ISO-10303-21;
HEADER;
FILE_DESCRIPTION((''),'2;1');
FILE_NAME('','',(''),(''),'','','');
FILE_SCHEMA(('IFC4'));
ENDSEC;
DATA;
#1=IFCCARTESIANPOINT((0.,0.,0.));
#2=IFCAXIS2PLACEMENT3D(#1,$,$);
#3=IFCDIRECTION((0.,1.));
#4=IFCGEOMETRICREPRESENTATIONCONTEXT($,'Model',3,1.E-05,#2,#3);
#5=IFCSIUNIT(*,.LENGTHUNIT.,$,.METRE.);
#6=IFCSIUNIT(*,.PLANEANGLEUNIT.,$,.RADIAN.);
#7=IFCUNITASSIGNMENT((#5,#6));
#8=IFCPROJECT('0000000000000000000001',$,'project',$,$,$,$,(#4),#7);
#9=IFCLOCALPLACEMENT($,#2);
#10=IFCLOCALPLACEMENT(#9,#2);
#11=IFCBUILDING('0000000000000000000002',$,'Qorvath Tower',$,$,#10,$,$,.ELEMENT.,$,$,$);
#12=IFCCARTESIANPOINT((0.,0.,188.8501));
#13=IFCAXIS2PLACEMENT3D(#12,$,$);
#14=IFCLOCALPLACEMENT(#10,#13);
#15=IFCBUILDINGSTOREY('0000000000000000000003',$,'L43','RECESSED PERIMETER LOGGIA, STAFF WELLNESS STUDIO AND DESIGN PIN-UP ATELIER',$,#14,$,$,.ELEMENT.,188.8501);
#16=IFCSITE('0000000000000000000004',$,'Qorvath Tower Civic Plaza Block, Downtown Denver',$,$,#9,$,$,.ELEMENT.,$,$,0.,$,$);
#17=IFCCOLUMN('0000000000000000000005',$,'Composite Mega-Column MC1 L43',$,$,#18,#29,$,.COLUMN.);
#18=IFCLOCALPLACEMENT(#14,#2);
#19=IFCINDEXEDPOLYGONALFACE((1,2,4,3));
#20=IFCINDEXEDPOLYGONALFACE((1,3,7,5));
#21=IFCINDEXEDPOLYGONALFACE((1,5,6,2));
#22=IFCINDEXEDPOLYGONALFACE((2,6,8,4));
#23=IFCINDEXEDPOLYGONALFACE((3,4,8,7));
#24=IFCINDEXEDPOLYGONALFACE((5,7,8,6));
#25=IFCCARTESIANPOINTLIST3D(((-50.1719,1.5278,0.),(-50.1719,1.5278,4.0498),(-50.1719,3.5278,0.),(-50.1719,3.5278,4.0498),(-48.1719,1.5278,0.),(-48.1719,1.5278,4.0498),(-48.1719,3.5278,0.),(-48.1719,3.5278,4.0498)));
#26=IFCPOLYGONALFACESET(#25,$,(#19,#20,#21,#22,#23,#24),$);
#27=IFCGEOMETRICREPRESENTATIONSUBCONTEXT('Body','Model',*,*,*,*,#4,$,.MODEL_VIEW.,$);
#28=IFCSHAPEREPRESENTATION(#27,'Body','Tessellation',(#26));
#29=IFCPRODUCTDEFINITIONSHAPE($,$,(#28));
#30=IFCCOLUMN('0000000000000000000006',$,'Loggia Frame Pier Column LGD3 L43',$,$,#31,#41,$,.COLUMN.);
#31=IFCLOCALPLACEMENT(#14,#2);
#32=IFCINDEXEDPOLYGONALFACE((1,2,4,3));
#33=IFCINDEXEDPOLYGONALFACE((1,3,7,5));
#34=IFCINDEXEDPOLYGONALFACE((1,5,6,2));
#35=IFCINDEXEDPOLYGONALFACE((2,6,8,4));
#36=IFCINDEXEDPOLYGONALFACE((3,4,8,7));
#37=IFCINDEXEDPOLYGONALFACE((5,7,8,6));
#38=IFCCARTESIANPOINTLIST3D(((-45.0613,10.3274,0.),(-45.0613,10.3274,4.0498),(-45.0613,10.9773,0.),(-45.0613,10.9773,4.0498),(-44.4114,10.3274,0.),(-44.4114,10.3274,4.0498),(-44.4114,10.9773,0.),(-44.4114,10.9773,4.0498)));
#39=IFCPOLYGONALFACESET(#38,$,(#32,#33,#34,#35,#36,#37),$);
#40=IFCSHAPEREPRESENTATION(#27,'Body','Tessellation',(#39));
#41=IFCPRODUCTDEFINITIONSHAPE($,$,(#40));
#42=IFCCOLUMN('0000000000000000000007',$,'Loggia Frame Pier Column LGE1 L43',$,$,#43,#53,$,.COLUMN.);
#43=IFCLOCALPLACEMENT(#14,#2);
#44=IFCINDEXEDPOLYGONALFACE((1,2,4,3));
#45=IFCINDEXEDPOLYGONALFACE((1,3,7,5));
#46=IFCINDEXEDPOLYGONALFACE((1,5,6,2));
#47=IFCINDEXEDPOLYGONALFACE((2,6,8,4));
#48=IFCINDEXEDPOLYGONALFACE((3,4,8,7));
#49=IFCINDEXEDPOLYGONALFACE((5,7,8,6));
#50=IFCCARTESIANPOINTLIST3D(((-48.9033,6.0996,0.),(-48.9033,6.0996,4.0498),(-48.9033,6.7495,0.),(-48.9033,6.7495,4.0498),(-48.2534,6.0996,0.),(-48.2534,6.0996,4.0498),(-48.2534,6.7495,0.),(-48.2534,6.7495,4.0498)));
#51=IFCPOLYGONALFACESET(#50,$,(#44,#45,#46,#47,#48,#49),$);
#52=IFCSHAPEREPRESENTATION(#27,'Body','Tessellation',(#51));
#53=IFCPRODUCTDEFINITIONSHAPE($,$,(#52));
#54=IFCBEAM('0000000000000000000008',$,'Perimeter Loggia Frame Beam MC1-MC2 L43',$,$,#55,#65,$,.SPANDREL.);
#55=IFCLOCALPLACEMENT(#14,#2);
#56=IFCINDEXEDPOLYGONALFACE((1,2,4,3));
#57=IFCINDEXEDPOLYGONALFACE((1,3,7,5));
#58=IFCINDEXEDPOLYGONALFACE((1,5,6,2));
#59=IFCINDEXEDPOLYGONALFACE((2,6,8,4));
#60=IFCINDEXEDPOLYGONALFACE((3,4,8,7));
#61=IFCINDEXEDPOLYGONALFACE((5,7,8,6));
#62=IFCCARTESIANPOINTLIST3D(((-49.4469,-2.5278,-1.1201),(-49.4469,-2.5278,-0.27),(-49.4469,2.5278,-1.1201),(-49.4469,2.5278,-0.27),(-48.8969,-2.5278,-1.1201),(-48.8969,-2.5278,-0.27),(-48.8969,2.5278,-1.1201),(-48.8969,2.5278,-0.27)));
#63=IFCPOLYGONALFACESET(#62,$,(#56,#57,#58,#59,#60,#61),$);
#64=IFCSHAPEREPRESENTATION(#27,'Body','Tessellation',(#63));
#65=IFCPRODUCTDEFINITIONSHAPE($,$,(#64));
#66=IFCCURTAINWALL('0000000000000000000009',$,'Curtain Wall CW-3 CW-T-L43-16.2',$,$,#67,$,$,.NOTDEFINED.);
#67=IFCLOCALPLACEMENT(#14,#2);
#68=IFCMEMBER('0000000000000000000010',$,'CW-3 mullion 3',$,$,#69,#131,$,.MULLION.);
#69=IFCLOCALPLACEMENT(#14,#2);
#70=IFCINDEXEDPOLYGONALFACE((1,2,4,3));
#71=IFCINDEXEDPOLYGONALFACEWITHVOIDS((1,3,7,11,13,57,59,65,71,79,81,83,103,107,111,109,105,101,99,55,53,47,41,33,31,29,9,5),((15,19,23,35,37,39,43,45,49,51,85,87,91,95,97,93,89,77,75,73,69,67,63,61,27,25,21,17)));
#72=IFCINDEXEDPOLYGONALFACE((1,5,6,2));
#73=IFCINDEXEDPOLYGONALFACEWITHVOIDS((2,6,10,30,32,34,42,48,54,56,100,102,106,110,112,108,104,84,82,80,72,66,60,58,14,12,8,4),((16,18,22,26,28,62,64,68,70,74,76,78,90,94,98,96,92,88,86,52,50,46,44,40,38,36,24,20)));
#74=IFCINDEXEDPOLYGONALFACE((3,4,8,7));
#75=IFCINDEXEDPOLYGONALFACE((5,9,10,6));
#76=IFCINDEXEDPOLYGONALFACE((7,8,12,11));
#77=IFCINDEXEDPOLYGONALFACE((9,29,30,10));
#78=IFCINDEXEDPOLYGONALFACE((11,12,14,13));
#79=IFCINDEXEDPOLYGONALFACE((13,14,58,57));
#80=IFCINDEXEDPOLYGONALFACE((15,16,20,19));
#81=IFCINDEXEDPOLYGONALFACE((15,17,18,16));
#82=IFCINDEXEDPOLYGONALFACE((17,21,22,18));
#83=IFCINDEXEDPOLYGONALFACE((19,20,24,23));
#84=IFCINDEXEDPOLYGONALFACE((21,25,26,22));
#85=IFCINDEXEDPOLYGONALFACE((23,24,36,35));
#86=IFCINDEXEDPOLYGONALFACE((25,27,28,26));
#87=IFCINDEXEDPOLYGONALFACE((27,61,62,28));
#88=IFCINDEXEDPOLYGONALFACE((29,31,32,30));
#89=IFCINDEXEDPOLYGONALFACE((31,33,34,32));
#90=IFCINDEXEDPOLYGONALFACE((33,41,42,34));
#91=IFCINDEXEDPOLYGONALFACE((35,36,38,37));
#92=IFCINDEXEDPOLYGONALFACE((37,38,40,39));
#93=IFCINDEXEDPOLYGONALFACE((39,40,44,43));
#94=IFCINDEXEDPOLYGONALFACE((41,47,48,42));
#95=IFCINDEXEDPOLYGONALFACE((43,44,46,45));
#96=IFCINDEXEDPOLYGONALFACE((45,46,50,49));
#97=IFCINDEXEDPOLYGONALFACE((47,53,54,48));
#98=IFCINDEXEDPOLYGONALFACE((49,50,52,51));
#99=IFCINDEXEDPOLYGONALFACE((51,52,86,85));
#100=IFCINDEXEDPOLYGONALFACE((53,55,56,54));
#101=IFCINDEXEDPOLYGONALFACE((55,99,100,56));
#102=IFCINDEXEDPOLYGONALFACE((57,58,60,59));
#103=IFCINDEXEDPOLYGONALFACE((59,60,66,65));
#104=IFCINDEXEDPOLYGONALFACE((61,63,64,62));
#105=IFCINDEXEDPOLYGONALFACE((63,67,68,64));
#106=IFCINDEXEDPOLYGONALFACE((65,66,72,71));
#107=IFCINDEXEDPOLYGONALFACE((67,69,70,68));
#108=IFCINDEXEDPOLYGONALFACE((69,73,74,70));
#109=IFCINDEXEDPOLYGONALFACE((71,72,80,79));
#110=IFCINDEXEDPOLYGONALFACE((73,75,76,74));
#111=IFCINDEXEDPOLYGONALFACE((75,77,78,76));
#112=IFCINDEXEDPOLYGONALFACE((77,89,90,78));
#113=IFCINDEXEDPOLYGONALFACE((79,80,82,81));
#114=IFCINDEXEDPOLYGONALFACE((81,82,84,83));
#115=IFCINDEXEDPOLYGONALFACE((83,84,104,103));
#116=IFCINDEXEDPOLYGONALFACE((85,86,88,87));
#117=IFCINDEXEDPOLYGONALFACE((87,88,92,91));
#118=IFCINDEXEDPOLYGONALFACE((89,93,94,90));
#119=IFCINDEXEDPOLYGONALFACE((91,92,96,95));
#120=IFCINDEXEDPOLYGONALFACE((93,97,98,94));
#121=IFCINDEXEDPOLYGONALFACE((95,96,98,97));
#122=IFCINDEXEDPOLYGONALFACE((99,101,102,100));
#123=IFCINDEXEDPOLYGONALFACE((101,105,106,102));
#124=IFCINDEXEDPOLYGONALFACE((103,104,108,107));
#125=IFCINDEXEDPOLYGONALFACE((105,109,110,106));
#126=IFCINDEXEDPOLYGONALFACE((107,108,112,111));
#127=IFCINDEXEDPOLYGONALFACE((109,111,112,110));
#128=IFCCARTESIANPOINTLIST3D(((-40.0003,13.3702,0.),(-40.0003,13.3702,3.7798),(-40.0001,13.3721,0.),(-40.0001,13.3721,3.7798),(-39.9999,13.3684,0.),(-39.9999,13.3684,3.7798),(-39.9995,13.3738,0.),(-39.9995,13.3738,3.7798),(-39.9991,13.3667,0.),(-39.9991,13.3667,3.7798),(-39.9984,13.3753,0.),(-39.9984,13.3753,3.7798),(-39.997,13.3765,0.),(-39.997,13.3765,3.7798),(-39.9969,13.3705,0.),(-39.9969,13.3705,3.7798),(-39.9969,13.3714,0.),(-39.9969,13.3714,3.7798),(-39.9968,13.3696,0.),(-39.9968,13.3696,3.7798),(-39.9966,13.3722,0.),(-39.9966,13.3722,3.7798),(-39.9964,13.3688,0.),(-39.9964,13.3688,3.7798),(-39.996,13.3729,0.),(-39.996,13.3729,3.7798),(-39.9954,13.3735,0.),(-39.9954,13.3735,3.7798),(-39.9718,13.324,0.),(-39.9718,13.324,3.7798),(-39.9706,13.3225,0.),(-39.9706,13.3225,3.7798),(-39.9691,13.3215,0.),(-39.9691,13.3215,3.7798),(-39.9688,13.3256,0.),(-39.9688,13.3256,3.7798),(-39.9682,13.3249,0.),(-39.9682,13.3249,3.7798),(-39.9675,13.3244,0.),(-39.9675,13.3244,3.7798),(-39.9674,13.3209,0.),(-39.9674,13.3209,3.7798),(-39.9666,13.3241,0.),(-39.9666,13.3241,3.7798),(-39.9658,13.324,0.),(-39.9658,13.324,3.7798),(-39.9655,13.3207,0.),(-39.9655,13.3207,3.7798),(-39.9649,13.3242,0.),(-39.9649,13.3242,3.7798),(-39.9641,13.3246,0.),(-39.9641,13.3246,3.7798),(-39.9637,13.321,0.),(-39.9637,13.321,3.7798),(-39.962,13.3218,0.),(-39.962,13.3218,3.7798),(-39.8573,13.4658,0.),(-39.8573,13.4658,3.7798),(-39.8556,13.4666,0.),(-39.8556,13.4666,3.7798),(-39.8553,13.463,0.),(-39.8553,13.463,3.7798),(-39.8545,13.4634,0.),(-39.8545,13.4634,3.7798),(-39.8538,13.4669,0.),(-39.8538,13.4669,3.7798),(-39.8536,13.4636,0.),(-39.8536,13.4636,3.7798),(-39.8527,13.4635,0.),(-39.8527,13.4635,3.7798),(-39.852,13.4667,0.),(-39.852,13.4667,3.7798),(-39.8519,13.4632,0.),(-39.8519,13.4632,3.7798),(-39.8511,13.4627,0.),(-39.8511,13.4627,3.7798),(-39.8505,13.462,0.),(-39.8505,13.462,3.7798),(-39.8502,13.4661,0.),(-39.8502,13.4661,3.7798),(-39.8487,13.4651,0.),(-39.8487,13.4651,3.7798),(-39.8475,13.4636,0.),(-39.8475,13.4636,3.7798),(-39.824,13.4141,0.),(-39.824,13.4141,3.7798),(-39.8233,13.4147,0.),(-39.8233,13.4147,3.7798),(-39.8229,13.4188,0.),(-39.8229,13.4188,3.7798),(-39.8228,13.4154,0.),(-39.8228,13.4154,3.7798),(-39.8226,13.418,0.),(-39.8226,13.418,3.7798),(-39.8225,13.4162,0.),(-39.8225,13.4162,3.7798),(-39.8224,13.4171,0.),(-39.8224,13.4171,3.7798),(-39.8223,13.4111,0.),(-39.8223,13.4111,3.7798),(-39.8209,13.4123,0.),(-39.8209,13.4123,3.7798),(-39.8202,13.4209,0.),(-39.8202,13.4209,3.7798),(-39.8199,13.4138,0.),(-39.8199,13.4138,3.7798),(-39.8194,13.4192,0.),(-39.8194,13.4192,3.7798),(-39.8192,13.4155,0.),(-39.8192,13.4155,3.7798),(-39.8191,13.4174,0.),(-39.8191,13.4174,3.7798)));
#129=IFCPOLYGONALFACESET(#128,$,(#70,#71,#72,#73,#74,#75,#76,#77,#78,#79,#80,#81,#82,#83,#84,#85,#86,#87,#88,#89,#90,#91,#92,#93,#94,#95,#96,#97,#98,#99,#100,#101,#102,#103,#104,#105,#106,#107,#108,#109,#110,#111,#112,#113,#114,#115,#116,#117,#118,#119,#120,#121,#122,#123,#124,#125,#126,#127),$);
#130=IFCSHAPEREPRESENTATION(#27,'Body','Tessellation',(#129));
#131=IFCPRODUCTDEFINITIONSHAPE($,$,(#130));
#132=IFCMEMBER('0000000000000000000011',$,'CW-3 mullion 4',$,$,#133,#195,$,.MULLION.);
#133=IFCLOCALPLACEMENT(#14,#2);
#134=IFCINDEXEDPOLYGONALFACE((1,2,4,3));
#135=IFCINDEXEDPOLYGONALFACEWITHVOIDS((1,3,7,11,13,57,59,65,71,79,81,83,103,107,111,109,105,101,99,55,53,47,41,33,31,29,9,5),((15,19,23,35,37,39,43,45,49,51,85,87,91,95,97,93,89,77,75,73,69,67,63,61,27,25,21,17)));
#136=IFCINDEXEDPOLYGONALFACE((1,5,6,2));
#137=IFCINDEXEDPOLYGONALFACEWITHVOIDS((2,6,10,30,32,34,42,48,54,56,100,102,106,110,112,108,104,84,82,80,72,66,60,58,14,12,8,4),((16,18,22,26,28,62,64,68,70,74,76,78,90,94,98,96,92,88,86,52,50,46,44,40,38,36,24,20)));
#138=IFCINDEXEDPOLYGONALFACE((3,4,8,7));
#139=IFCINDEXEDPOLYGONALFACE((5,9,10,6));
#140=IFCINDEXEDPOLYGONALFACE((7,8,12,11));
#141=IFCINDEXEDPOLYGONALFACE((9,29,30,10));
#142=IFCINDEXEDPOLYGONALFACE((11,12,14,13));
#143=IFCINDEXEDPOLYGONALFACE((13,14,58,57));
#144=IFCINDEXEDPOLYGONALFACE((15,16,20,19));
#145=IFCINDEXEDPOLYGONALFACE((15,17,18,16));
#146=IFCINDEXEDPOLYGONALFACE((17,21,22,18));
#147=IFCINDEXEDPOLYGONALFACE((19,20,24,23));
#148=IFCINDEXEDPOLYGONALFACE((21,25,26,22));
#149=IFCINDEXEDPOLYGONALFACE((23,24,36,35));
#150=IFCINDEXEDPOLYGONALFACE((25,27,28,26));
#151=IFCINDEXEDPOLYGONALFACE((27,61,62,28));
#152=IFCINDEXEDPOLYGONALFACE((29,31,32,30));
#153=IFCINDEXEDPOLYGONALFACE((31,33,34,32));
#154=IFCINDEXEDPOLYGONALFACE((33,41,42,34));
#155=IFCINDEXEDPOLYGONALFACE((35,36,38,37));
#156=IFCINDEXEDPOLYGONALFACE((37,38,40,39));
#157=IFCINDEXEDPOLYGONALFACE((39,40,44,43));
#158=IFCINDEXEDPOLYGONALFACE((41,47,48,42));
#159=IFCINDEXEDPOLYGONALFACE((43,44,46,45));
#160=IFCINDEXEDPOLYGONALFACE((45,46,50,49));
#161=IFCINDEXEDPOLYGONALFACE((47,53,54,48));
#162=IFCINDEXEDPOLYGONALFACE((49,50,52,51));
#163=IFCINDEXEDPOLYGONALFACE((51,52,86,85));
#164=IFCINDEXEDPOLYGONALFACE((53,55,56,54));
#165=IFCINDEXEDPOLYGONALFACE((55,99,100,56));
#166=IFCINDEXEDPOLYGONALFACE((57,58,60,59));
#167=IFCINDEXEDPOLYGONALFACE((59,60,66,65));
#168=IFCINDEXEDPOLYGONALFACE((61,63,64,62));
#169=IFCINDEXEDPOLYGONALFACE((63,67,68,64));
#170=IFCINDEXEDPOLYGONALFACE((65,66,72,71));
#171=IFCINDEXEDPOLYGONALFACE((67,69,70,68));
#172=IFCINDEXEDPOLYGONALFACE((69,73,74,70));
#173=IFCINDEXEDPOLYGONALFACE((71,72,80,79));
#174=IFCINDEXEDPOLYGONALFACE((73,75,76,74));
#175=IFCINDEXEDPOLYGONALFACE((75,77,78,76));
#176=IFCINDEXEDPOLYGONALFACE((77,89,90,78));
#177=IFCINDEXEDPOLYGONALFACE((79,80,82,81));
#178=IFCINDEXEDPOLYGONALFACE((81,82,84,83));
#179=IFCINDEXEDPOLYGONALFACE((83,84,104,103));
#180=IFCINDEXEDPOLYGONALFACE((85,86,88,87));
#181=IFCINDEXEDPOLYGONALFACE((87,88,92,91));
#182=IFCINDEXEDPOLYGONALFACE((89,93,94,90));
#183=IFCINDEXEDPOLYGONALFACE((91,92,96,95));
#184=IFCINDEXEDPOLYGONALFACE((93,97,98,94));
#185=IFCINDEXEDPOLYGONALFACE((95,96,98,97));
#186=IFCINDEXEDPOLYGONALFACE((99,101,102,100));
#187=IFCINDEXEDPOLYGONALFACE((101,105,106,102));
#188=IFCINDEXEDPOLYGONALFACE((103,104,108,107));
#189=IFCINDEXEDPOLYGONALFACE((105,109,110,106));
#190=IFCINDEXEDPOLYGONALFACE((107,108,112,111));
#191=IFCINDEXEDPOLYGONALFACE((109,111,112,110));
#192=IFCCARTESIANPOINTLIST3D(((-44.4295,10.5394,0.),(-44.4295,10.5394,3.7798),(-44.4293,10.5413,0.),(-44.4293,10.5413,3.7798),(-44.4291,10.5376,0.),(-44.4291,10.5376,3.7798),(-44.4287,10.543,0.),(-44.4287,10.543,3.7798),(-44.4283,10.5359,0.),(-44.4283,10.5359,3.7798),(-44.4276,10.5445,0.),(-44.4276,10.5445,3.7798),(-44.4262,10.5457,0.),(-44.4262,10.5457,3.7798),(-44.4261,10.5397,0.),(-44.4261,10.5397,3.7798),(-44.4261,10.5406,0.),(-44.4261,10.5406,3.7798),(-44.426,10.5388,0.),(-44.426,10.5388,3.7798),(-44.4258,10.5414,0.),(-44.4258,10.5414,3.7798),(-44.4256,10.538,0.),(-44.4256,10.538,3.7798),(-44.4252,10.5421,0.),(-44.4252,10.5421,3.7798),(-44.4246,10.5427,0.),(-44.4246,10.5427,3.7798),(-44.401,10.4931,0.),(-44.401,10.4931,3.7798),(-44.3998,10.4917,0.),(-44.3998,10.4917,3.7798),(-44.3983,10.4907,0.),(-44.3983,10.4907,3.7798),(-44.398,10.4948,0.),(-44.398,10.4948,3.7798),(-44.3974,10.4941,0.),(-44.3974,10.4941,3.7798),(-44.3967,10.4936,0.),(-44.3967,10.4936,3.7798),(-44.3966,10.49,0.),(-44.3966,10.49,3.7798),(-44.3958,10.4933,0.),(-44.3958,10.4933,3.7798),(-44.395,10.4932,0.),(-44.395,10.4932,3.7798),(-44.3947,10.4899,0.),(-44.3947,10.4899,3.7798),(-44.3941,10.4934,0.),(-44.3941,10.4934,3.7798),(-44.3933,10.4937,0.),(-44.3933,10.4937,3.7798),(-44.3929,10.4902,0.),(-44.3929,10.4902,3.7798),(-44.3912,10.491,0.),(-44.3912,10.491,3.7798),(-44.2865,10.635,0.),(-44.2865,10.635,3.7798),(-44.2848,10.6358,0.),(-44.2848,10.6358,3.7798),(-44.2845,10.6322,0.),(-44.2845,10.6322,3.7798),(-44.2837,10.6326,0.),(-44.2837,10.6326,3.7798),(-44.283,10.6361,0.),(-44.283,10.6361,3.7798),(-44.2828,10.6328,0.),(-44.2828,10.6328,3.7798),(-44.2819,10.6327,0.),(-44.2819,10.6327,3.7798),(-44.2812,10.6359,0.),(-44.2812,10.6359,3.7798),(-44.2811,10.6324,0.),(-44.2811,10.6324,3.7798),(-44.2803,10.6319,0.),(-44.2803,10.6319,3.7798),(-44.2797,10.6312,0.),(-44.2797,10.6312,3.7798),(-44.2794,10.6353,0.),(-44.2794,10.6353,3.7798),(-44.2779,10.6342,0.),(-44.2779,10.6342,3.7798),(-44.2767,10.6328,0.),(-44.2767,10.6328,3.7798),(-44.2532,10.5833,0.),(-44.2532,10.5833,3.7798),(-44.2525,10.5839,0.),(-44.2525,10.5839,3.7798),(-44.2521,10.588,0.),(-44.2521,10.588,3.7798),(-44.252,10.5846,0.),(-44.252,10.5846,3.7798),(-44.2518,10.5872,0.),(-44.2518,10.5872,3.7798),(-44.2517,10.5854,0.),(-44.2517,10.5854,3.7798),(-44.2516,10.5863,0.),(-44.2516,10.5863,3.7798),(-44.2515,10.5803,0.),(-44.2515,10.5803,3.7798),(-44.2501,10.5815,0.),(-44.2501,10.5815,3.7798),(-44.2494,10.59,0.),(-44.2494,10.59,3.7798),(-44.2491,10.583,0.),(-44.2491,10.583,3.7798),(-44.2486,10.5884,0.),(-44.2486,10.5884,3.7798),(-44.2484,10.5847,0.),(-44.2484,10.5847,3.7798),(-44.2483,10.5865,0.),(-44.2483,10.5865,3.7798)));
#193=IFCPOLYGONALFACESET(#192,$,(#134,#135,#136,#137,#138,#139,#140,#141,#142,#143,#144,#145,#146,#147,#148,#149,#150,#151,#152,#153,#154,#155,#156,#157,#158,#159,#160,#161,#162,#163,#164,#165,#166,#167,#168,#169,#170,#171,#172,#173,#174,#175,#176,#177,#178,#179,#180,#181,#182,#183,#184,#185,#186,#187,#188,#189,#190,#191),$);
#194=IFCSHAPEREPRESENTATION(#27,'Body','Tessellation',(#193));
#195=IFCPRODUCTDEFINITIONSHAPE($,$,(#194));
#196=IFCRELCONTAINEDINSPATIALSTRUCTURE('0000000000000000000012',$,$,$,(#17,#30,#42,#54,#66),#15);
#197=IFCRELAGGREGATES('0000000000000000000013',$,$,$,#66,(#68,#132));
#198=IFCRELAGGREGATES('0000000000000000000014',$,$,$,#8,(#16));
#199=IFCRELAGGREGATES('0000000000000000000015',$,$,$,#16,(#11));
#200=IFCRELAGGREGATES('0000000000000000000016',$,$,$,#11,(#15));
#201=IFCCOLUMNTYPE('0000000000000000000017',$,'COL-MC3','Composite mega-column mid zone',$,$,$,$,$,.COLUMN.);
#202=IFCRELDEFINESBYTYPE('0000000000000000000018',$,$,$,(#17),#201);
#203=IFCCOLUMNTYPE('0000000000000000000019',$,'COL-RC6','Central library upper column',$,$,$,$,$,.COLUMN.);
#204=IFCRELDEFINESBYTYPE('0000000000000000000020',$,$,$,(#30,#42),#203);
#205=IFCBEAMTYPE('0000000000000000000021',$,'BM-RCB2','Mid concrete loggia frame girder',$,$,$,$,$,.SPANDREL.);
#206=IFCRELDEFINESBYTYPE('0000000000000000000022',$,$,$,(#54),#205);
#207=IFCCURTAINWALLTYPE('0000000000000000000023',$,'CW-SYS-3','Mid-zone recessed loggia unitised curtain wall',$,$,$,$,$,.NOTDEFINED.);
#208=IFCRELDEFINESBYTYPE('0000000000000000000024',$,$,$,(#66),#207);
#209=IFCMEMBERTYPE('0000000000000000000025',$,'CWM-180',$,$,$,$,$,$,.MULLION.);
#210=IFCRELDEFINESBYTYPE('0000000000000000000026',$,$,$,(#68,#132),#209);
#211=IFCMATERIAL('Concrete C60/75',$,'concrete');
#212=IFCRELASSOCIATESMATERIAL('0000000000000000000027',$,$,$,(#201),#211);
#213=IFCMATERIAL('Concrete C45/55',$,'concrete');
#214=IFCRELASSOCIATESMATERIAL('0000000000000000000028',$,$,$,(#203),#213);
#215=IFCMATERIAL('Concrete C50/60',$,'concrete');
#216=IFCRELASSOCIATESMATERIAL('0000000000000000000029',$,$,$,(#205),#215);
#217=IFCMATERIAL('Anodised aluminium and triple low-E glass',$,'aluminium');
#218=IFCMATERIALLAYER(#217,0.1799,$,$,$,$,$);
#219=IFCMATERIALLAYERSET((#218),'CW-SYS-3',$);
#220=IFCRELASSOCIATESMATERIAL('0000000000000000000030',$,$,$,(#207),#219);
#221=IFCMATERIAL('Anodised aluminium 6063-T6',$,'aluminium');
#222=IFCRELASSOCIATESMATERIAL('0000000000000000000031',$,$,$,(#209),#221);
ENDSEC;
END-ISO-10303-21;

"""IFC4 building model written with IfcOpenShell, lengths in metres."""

from ifc_helpers import new_model, si_unit, direction, frame, origin, origin_2d, place, context, subcontext, project, spatial, rectangle, hollow_rectangle, extrude, material, layer, layer_set, material_profile, profile_set, type_object, element, aggregate, save


model = new_model("IFC4")

# Units and contexts
model_context = context("Model", 3, precision=1e-05, world=origin(), true_north=direction((0.0, 1.0)))
body_context = subcontext(model_context, "Body", "Model", "MODEL_VIEW")
ifc_project = project(units=[si_unit("LENGTHUNIT", "METRE"), si_unit("PLANEANGLEUNIT", "RADIAN")], contexts=[model_context])

# Site, building, storey
site_placement = place(None, origin())
site = spatial("IfcSite", under=ifc_project, at=site_placement, Name="Qorvath Tower Civic Plaza Block, Downtown Denver", CompositionType="ELEMENT", RefElevation=0.0)
building_placement = place(site_placement, origin())
building = spatial("IfcBuilding", under=site, at=building_placement, Name="Qorvath Tower", CompositionType="ELEMENT")
storey_placement = place(building_placement, frame((0.0, 0.0, 188.8501)))
storey = spatial("IfcBuildingStorey", under=building, at=storey_placement, Name="L43", Description="RECESSED PERIMETER LOGGIA, STAFF WELLNESS STUDIO AND DESIGN PIN-UP ATELIER", CompositionType="ELEMENT", Elevation=188.8501)

# Columns
ifc_material_1 = material(Name="Concrete C60/75", Category="concrete")
ifc_material_profile_1 = material_profile(ifc_material_1, rectangle(XDim=2.0, YDim=2.0, at=origin_2d()), Name="MC 2000x2000")
ifc_profile_set_1 = profile_set([ifc_material_profile_1], Name="Concrete C60/75")
column_type_1 = type_object("IfcColumnType", Name="COL-MC3", Description="Composite mega-column mid zone", PredefinedType="COLUMN", material=ifc_profile_set_1)
column_placement = place(storey_placement, frame((-49.1719, 2.5278, 0.0), z_axis=(0.0, 0.0, 1.0), x_axis=(1.0, 0.0, 0.0)))
element("IfcColumn", 1, at=column_placement, inside=storey, type_object=column_type_1, Name="Composite Mega-Column MC1 L43", PredefinedType="COLUMN", context=body_context, shape_type="SweptSolid", body=[
    extrude(rectangle(XDim=2.0, YDim=2.0, at=origin_2d()), origin(), (0.0, 0.0, 1.0), 4.0498),
])
ifc_material_2 = material(Name="Concrete C45/55", Category="concrete")
ifc_material_profile_2 = material_profile(ifc_material_2, rectangle(XDim=0.6499, YDim=0.6499, at=origin_2d()), Name="RC 650x650")
ifc_profile_set_2 = profile_set([ifc_material_profile_2], Name="Concrete C45/55")
column_type_2 = type_object("IfcColumnType", Name="COL-RC6", Description="Central library upper column", PredefinedType="COLUMN", material=ifc_profile_set_2)
for number, where, z_axis, x_axis, name in (
    (2, (-44.7363, 10.6523, 0.0), (0.0, 0.0, 1.0), (1.0, 0.0, 0.0), "Loggia Frame Pier Column LGD3 L43"),
    (3, (-48.5784, 6.4246, 0.0), (0.0, 0.0, 1.0), (1.0, 0.0, 0.0), "Loggia Frame Pier Column LGE1 L43"),
):
    element("IfcColumn", number, at=place(storey_placement, frame(where, z_axis=z_axis, x_axis=x_axis)), inside=storey, type_object=column_type_2, Name=name, PredefinedType="COLUMN", context=body_context, shape_type="SweptSolid", body=[
        extrude(rectangle(XDim=0.6499, YDim=0.6499, at=origin_2d()), origin(), (0.0, 0.0, 1.0), 4.0498),
    ])

# Beam
ifc_material_3 = material(Name="Concrete C50/60", Category="concrete")
ifc_material_profile_3 = material_profile(ifc_material_3, rectangle(XDim=0.55, YDim=0.8501, at=origin_2d()), Name="RCB 850x550")
ifc_profile_set_3 = profile_set([ifc_material_profile_3], Name="Concrete C50/60")
beam_type = type_object("IfcBeamType", Name="BM-RCB2", Description="Mid concrete loggia frame girder", PredefinedType="SPANDREL", material=ifc_profile_set_3)
beam_placement = place(storey_placement, frame((-49.1719, 2.5278, -0.6951), z_axis=(0.0, -1.0, 0.0), x_axis=(1.0, 0.0, 0.0)))
element("IfcBeam", 4, at=beam_placement, inside=storey, type_object=beam_type, Name="Perimeter Loggia Frame Beam MC1-MC2 L43", PredefinedType="SPANDREL", context=body_context, shape_type="SweptSolid", body=[
    extrude(rectangle(XDim=0.55, YDim=0.8501, at=origin_2d()), origin(), (0.0, 0.0, 1.0), 5.0557),
])

# Curtain wall, members
ifc_material_4 = material(Name="Anodised aluminium and triple low-E glass", Category="aluminium")
ifc_layer_1 = layer(ifc_material_4, 0.1799)
ifc_layer_set_1 = layer_set([ifc_layer_1], Name="CW-SYS-3")
curtain_wall_type = type_object("IfcCurtainWallType", Name="CW-SYS-3", Description="Mid-zone recessed loggia unitised curtain wall", PredefinedType="NOTDEFINED", material=ifc_layer_set_1)
curtain_wall_1_placement = place(storey_placement, origin())
curtain_wall_1 = element("IfcCurtainWall", 5, at=curtain_wall_1_placement, inside=storey, type_object=curtain_wall_type, Name="Curtain Wall CW-3 CW-T-L43-16.2", PredefinedType="NOTDEFINED")
ifc_material_5 = material(Name="Anodised aluminium 6063-T6", Category="aluminium")
ifc_material_profile_4 = material_profile(ifc_material_5, hollow_rectangle(XDim=0.0649, YDim=0.1799, WallThickness=0.0034, InnerFilletRadius=0.0034, OuterFilletRadius=0.0071, at=origin_2d()), Name="CWM 180x65")
ifc_profile_set_4 = profile_set([ifc_material_profile_4], Name="Anodised aluminium 6063-T6")
member_type_1 = type_object("IfcMemberType", Name="CWM-180", PredefinedType="MULLION", material=ifc_profile_set_4)
member_1_placement = place(storey_placement, frame((-39.9097, 13.3938, 0.0), z_axis=(0.0, 0.0, 1.0), x_axis=(0.538533, -0.842604, 0.0)))
member_1 = element("IfcMember", 6, at=member_1_placement, type_object=member_type_1, Name="CW-3 mullion 3", PredefinedType="MULLION", context=body_context, shape_type="SweptSolid", body=[
    extrude(hollow_rectangle(XDim=0.0649, YDim=0.1799, WallThickness=0.0034, InnerFilletRadius=0.0034, OuterFilletRadius=0.0071, at=origin_2d()), origin(), (0.0, 0.0, 1.0), 3.7798),
])
member_2_placement = place(storey_placement, frame((-44.3389, 10.563, 0.0), z_axis=(0.0, 0.0, 1.0), x_axis=(0.538533, -0.842604, 0.0)))
member_2 = element("IfcMember", 7, at=member_2_placement, type_object=member_type_1, Name="CW-3 mullion 4", PredefinedType="MULLION", context=body_context, shape_type="SweptSolid", body=[
    extrude(hollow_rectangle(XDim=0.0649, YDim=0.1799, WallThickness=0.0034, InnerFilletRadius=0.0034, OuterFilletRadius=0.0071, at=origin_2d()), origin(), (0.0, 0.0, 1.0), 3.7798),
])

aggregate(curtain_wall_1, [member_1, member_2])

save(model, "model.ifc")
